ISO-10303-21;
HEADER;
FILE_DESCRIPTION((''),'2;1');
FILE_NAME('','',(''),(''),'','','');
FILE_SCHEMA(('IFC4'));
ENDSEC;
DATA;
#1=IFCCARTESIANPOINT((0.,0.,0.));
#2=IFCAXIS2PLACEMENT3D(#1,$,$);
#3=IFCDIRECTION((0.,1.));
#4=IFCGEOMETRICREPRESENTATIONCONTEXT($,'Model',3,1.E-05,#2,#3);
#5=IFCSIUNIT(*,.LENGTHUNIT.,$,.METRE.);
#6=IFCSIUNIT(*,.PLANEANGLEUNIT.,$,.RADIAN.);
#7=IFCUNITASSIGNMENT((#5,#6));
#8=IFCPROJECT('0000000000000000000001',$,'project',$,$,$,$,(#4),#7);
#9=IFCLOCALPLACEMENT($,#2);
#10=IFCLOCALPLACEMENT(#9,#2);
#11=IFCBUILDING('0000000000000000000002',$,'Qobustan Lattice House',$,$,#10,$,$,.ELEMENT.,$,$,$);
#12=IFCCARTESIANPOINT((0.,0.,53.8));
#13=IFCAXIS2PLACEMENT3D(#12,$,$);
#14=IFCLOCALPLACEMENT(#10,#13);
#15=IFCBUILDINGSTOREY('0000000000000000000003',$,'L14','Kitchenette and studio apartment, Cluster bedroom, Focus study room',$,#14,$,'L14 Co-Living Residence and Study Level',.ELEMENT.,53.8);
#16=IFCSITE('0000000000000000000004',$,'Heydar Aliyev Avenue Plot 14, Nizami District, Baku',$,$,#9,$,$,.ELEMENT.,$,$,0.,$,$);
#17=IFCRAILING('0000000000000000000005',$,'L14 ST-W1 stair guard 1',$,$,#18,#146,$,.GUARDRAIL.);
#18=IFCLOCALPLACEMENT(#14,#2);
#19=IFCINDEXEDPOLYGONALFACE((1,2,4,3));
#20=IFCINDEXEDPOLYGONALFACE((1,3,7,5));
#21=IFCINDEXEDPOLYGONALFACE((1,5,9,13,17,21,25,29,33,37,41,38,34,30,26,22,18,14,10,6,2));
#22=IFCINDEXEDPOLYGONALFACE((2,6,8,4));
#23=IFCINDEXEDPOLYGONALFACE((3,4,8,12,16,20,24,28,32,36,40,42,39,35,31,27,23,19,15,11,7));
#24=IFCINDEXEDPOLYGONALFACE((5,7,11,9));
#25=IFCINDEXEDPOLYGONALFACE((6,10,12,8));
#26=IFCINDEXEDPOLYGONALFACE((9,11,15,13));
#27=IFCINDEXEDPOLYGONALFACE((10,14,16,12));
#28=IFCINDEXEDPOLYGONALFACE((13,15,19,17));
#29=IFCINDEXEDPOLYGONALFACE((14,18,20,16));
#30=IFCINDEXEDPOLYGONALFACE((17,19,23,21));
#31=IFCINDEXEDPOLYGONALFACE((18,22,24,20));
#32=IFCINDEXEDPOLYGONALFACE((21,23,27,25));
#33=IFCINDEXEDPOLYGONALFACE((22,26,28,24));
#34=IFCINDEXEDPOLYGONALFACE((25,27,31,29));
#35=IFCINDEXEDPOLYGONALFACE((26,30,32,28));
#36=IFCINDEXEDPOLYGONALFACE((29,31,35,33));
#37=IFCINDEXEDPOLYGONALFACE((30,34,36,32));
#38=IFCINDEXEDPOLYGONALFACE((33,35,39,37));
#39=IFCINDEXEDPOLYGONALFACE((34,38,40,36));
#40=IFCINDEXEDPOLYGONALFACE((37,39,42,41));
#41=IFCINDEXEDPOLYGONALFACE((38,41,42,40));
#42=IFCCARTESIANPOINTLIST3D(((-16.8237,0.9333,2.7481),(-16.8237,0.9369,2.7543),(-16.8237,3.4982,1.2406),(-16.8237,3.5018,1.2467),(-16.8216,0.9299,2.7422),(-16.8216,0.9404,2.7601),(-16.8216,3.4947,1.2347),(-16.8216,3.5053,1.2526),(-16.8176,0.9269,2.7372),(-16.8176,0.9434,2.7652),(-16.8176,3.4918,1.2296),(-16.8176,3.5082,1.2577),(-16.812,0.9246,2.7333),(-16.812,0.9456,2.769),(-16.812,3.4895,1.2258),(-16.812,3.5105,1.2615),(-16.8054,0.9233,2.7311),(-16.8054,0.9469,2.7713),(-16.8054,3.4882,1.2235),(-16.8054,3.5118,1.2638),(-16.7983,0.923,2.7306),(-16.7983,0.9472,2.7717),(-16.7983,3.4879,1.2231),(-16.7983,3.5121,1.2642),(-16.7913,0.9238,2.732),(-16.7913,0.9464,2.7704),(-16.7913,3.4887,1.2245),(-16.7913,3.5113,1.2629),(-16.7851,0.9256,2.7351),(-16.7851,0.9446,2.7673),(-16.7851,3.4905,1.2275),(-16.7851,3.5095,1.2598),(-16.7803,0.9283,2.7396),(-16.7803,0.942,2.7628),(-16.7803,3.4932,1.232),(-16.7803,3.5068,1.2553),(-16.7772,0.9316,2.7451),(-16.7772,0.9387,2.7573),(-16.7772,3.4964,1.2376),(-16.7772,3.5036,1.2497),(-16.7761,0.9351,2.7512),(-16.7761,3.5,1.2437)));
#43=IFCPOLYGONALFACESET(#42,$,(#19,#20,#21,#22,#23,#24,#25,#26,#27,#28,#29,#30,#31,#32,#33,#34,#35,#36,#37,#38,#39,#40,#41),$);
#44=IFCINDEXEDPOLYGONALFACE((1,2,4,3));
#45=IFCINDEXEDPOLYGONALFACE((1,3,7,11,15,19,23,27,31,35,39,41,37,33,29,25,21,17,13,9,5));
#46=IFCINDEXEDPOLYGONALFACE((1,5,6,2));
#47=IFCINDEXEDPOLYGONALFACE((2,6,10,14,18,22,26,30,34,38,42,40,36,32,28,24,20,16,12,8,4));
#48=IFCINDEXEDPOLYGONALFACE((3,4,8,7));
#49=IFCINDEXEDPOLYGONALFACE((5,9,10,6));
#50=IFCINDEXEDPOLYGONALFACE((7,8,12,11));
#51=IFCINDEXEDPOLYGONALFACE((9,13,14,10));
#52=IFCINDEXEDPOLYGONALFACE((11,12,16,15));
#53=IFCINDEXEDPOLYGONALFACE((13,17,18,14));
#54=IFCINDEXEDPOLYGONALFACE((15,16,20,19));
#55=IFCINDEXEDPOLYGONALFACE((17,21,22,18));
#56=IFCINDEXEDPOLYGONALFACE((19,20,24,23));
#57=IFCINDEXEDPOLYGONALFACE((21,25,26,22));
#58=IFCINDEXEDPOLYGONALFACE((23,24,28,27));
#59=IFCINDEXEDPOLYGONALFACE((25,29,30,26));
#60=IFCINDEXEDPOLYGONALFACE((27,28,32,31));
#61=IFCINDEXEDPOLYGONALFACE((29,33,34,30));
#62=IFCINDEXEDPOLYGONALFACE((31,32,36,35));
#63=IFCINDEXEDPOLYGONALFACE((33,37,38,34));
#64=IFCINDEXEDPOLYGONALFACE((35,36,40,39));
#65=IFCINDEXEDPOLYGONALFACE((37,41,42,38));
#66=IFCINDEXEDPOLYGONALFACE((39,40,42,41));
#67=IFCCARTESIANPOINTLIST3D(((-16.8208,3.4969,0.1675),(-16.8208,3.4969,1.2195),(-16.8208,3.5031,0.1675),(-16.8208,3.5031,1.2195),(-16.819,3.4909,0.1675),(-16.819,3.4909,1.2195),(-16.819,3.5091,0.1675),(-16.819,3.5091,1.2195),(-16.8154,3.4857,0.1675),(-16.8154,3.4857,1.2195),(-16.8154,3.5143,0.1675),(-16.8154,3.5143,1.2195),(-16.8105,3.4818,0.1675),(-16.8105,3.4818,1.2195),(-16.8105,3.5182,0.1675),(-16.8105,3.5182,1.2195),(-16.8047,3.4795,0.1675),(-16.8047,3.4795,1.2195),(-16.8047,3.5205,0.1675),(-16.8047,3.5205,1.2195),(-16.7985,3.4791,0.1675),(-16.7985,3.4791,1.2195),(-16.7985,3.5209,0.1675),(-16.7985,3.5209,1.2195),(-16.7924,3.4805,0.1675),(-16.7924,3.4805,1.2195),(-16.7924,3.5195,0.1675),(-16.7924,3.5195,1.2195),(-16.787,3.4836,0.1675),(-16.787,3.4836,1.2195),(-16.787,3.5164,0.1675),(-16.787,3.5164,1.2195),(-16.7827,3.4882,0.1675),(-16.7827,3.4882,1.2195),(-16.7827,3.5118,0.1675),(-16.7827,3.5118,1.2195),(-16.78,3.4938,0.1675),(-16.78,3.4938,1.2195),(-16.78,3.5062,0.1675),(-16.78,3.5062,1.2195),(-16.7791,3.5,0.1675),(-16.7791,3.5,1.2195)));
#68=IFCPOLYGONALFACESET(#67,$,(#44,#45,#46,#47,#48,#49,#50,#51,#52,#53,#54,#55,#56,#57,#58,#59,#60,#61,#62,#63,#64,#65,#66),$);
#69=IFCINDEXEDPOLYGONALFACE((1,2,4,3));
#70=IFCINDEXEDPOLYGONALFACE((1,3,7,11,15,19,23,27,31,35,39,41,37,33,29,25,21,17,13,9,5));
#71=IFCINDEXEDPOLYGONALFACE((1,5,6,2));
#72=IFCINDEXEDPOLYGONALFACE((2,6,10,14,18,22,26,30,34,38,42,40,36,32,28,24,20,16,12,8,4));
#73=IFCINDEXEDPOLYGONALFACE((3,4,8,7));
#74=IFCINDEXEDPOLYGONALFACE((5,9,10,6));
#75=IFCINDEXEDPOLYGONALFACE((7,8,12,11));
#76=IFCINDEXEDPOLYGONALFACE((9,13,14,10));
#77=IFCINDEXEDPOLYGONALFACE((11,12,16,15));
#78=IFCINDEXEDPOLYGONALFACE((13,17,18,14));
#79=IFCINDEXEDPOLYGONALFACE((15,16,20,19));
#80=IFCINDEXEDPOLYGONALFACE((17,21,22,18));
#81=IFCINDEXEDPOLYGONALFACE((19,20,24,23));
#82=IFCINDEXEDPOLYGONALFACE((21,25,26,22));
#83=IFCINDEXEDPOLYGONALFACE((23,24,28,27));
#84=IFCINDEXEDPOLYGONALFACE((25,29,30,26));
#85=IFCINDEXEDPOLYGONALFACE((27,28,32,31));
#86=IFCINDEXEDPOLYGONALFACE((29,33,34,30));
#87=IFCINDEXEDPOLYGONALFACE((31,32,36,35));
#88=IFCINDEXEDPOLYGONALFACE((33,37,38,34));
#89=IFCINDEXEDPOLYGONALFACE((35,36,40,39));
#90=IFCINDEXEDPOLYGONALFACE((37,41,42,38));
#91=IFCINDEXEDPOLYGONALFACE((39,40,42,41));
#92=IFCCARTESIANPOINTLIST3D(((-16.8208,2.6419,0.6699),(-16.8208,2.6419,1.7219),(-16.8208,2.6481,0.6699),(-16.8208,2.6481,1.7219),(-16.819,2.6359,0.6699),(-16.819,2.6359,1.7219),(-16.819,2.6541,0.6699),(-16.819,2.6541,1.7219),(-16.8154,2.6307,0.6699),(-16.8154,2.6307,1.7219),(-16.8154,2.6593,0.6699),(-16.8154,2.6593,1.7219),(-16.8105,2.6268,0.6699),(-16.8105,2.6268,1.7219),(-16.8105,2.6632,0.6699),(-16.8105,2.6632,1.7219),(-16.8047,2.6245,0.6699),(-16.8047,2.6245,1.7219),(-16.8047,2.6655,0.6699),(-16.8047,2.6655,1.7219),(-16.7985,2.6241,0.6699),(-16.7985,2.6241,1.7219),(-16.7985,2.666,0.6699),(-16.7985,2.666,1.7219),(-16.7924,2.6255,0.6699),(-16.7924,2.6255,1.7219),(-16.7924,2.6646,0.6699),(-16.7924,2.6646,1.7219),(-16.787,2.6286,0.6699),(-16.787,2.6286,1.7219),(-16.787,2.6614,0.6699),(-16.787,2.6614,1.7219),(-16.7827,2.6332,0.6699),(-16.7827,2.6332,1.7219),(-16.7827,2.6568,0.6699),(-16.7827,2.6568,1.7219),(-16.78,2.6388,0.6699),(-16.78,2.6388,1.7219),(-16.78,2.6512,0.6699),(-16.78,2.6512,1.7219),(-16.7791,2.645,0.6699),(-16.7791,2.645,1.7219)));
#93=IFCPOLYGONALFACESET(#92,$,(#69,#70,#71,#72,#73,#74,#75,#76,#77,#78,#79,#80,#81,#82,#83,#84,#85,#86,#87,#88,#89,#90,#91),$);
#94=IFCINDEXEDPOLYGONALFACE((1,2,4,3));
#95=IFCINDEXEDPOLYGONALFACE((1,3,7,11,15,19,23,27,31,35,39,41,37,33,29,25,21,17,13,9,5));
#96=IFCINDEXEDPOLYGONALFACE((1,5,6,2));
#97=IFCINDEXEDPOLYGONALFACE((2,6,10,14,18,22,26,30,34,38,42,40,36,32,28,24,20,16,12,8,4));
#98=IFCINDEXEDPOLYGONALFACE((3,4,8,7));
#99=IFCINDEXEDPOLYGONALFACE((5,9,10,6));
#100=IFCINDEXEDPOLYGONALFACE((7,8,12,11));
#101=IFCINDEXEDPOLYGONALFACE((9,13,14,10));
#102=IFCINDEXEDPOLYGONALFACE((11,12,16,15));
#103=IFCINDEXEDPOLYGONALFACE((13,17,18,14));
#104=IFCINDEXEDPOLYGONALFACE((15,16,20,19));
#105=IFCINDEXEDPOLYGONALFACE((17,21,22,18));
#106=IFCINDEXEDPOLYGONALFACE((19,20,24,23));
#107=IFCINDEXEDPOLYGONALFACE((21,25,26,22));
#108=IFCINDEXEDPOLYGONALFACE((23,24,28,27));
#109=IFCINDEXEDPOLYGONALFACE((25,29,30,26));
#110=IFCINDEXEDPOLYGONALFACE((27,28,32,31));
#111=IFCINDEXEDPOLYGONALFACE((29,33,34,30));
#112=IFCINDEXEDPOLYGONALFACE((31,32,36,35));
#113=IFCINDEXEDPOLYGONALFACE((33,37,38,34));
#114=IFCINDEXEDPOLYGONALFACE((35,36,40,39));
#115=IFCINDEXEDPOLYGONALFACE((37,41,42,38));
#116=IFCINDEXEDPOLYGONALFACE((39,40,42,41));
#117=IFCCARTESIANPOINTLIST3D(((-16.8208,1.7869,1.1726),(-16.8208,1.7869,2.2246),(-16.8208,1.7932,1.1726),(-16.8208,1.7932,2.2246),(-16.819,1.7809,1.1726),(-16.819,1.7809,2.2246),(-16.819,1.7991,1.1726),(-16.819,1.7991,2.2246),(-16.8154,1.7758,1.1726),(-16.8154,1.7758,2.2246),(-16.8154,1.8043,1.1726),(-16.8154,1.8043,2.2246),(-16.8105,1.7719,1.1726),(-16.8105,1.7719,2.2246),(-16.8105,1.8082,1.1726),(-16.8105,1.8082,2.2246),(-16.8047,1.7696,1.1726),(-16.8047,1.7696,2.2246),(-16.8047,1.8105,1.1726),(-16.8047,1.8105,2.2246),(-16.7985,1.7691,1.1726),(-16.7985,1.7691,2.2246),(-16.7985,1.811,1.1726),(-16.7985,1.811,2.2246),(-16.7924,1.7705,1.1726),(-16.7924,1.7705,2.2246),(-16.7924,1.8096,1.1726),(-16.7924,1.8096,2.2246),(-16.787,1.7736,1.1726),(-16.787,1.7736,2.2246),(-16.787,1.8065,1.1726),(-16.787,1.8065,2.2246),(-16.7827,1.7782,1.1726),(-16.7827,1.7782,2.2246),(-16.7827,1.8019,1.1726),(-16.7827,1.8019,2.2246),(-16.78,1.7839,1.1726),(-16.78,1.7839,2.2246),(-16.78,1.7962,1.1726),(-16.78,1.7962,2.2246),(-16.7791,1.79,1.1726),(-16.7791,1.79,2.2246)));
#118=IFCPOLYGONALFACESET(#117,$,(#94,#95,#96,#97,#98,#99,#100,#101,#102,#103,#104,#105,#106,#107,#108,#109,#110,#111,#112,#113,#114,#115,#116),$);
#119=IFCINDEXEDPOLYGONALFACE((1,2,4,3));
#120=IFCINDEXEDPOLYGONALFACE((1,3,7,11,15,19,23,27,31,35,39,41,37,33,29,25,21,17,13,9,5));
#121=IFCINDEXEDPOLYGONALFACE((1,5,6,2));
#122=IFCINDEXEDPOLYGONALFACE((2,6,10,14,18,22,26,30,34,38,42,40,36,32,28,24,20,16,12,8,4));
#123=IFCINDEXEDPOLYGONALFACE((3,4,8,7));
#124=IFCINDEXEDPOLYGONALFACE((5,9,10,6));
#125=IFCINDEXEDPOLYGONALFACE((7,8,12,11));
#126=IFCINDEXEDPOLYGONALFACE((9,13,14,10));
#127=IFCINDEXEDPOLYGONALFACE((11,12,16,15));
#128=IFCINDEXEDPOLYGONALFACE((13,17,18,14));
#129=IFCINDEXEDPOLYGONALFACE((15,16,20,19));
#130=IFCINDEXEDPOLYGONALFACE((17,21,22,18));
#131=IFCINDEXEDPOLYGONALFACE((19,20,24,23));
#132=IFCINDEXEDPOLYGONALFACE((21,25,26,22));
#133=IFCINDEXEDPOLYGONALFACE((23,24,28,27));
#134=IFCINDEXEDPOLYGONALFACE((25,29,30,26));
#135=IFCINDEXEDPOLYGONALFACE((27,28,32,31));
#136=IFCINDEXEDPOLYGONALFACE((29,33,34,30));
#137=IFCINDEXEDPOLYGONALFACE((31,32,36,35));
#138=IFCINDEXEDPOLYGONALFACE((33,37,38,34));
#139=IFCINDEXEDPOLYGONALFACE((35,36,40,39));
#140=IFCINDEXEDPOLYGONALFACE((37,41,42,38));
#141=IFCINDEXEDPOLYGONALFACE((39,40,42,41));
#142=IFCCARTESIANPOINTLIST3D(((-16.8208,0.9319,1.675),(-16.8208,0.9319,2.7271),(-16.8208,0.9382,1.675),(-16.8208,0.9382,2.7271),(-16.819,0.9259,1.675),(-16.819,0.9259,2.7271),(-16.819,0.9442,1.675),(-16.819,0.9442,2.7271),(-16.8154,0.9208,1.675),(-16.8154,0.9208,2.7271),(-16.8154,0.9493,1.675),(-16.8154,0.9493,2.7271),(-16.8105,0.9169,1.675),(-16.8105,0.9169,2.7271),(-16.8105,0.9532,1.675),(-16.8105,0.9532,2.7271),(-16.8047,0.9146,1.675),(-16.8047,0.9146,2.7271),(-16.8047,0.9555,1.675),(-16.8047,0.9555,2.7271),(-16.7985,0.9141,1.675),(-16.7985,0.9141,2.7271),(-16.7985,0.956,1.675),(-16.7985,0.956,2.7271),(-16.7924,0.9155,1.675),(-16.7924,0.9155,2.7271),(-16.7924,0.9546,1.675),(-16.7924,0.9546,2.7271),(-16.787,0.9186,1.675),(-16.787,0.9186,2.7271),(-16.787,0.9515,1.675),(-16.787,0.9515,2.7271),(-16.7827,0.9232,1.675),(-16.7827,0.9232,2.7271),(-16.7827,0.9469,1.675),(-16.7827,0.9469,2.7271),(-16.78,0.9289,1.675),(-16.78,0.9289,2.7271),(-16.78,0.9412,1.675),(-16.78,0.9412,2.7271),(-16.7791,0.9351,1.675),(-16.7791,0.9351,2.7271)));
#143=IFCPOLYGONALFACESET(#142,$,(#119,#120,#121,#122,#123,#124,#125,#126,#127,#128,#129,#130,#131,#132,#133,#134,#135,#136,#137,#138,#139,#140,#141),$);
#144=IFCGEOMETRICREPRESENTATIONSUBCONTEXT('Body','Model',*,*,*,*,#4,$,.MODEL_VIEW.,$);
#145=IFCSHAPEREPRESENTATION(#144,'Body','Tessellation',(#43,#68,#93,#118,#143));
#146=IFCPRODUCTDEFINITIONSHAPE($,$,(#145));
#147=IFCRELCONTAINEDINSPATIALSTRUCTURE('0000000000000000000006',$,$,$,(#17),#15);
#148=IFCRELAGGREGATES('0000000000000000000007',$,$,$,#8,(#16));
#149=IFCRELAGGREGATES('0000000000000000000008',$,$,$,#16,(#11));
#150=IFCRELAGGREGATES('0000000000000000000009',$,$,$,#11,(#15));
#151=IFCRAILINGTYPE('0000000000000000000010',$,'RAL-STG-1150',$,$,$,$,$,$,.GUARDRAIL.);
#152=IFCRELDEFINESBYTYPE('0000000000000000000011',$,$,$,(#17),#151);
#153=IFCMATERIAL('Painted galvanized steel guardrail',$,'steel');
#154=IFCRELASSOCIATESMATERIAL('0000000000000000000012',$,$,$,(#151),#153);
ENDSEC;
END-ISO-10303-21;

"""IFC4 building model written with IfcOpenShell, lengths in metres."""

from ifc_helpers import new_model, si_unit, direction, frame, origin, origin_2d, place, context, subcontext, project, spatial, circle, extrude, material, type_object, element, save


model = new_model("IFC4")

# Units and contexts
model_context = context("Model", 3, precision=1e-05, world=origin(), true_north=direction((0.0, 1.0)))
body_context = subcontext(model_context, "Body", "Model", "MODEL_VIEW")
ifc_project = project(units=[si_unit("LENGTHUNIT", "METRE"), si_unit("PLANEANGLEUNIT", "RADIAN")], contexts=[model_context])

# Site, building, storey
site_placement = place(None, origin())
site = spatial("IfcSite", under=ifc_project, at=site_placement, Name="Heydar Aliyev Avenue Plot 14, Nizami District, Baku", CompositionType="ELEMENT", RefElevation=0.0)
building_placement = place(site_placement, origin())
building = spatial("IfcBuilding", under=site, at=building_placement, Name="Qobustan Lattice House", CompositionType="ELEMENT")
storey_placement = place(building_placement, frame((0.0, 0.0, 53.8)))
storey = spatial("IfcBuildingStorey", under=building, at=storey_placement, Name="L14", Description="Kitchenette and studio apartment, Cluster bedroom, Focus study room", LongName="L14 Co-Living Residence and Study Level", CompositionType="ELEMENT", Elevation=53.8)

# Railing
ifc_material_1 = material(Name="Painted galvanized steel guardrail", Category="steel")
railing_type_1 = type_object("IfcRailingType", Name="RAL-STG-1150", PredefinedType="GUARDRAIL", material=ifc_material_1)
railing_1_placement = place(storey_placement, frame((-16.8, 3.5, 0.1675)))
element("IfcRailing", 1, at=railing_1_placement, inside=storey, type_object=railing_type_1, Name="L14 ST-W1 stair guard 1", PredefinedType="GUARDRAIL", context=body_context, shape_type="SweptSolid", body=[
    extrude(circle(Radius=0.0239, at=origin_2d()), frame((0.0, 0.0, 1.0762), z_axis=(0.0, -0.862113, 0.506715), x_axis=(1.0, 0.0, 0.0)), (0.0, 0.0, 1.0), 2.9751),
    extrude(circle(Radius=0.021, at=origin_2d()), origin(), (0.0, 0.0, 1.0), 1.052),
    extrude(circle(Radius=0.021, at=origin_2d()), frame((0.0, -0.855, 0.5024)), (0.0, 0.0, 1.0), 1.052),
    extrude(circle(Radius=0.021, at=origin_2d()), frame((0.0, -1.71, 1.0051)), (0.0, 0.0, 1.0), 1.052),
    extrude(circle(Radius=0.021, at=origin_2d()), frame((0.0, -2.5649, 1.5076)), (0.0, 0.0, 1.0), 1.052),
])

save(model, "model.ifc")
